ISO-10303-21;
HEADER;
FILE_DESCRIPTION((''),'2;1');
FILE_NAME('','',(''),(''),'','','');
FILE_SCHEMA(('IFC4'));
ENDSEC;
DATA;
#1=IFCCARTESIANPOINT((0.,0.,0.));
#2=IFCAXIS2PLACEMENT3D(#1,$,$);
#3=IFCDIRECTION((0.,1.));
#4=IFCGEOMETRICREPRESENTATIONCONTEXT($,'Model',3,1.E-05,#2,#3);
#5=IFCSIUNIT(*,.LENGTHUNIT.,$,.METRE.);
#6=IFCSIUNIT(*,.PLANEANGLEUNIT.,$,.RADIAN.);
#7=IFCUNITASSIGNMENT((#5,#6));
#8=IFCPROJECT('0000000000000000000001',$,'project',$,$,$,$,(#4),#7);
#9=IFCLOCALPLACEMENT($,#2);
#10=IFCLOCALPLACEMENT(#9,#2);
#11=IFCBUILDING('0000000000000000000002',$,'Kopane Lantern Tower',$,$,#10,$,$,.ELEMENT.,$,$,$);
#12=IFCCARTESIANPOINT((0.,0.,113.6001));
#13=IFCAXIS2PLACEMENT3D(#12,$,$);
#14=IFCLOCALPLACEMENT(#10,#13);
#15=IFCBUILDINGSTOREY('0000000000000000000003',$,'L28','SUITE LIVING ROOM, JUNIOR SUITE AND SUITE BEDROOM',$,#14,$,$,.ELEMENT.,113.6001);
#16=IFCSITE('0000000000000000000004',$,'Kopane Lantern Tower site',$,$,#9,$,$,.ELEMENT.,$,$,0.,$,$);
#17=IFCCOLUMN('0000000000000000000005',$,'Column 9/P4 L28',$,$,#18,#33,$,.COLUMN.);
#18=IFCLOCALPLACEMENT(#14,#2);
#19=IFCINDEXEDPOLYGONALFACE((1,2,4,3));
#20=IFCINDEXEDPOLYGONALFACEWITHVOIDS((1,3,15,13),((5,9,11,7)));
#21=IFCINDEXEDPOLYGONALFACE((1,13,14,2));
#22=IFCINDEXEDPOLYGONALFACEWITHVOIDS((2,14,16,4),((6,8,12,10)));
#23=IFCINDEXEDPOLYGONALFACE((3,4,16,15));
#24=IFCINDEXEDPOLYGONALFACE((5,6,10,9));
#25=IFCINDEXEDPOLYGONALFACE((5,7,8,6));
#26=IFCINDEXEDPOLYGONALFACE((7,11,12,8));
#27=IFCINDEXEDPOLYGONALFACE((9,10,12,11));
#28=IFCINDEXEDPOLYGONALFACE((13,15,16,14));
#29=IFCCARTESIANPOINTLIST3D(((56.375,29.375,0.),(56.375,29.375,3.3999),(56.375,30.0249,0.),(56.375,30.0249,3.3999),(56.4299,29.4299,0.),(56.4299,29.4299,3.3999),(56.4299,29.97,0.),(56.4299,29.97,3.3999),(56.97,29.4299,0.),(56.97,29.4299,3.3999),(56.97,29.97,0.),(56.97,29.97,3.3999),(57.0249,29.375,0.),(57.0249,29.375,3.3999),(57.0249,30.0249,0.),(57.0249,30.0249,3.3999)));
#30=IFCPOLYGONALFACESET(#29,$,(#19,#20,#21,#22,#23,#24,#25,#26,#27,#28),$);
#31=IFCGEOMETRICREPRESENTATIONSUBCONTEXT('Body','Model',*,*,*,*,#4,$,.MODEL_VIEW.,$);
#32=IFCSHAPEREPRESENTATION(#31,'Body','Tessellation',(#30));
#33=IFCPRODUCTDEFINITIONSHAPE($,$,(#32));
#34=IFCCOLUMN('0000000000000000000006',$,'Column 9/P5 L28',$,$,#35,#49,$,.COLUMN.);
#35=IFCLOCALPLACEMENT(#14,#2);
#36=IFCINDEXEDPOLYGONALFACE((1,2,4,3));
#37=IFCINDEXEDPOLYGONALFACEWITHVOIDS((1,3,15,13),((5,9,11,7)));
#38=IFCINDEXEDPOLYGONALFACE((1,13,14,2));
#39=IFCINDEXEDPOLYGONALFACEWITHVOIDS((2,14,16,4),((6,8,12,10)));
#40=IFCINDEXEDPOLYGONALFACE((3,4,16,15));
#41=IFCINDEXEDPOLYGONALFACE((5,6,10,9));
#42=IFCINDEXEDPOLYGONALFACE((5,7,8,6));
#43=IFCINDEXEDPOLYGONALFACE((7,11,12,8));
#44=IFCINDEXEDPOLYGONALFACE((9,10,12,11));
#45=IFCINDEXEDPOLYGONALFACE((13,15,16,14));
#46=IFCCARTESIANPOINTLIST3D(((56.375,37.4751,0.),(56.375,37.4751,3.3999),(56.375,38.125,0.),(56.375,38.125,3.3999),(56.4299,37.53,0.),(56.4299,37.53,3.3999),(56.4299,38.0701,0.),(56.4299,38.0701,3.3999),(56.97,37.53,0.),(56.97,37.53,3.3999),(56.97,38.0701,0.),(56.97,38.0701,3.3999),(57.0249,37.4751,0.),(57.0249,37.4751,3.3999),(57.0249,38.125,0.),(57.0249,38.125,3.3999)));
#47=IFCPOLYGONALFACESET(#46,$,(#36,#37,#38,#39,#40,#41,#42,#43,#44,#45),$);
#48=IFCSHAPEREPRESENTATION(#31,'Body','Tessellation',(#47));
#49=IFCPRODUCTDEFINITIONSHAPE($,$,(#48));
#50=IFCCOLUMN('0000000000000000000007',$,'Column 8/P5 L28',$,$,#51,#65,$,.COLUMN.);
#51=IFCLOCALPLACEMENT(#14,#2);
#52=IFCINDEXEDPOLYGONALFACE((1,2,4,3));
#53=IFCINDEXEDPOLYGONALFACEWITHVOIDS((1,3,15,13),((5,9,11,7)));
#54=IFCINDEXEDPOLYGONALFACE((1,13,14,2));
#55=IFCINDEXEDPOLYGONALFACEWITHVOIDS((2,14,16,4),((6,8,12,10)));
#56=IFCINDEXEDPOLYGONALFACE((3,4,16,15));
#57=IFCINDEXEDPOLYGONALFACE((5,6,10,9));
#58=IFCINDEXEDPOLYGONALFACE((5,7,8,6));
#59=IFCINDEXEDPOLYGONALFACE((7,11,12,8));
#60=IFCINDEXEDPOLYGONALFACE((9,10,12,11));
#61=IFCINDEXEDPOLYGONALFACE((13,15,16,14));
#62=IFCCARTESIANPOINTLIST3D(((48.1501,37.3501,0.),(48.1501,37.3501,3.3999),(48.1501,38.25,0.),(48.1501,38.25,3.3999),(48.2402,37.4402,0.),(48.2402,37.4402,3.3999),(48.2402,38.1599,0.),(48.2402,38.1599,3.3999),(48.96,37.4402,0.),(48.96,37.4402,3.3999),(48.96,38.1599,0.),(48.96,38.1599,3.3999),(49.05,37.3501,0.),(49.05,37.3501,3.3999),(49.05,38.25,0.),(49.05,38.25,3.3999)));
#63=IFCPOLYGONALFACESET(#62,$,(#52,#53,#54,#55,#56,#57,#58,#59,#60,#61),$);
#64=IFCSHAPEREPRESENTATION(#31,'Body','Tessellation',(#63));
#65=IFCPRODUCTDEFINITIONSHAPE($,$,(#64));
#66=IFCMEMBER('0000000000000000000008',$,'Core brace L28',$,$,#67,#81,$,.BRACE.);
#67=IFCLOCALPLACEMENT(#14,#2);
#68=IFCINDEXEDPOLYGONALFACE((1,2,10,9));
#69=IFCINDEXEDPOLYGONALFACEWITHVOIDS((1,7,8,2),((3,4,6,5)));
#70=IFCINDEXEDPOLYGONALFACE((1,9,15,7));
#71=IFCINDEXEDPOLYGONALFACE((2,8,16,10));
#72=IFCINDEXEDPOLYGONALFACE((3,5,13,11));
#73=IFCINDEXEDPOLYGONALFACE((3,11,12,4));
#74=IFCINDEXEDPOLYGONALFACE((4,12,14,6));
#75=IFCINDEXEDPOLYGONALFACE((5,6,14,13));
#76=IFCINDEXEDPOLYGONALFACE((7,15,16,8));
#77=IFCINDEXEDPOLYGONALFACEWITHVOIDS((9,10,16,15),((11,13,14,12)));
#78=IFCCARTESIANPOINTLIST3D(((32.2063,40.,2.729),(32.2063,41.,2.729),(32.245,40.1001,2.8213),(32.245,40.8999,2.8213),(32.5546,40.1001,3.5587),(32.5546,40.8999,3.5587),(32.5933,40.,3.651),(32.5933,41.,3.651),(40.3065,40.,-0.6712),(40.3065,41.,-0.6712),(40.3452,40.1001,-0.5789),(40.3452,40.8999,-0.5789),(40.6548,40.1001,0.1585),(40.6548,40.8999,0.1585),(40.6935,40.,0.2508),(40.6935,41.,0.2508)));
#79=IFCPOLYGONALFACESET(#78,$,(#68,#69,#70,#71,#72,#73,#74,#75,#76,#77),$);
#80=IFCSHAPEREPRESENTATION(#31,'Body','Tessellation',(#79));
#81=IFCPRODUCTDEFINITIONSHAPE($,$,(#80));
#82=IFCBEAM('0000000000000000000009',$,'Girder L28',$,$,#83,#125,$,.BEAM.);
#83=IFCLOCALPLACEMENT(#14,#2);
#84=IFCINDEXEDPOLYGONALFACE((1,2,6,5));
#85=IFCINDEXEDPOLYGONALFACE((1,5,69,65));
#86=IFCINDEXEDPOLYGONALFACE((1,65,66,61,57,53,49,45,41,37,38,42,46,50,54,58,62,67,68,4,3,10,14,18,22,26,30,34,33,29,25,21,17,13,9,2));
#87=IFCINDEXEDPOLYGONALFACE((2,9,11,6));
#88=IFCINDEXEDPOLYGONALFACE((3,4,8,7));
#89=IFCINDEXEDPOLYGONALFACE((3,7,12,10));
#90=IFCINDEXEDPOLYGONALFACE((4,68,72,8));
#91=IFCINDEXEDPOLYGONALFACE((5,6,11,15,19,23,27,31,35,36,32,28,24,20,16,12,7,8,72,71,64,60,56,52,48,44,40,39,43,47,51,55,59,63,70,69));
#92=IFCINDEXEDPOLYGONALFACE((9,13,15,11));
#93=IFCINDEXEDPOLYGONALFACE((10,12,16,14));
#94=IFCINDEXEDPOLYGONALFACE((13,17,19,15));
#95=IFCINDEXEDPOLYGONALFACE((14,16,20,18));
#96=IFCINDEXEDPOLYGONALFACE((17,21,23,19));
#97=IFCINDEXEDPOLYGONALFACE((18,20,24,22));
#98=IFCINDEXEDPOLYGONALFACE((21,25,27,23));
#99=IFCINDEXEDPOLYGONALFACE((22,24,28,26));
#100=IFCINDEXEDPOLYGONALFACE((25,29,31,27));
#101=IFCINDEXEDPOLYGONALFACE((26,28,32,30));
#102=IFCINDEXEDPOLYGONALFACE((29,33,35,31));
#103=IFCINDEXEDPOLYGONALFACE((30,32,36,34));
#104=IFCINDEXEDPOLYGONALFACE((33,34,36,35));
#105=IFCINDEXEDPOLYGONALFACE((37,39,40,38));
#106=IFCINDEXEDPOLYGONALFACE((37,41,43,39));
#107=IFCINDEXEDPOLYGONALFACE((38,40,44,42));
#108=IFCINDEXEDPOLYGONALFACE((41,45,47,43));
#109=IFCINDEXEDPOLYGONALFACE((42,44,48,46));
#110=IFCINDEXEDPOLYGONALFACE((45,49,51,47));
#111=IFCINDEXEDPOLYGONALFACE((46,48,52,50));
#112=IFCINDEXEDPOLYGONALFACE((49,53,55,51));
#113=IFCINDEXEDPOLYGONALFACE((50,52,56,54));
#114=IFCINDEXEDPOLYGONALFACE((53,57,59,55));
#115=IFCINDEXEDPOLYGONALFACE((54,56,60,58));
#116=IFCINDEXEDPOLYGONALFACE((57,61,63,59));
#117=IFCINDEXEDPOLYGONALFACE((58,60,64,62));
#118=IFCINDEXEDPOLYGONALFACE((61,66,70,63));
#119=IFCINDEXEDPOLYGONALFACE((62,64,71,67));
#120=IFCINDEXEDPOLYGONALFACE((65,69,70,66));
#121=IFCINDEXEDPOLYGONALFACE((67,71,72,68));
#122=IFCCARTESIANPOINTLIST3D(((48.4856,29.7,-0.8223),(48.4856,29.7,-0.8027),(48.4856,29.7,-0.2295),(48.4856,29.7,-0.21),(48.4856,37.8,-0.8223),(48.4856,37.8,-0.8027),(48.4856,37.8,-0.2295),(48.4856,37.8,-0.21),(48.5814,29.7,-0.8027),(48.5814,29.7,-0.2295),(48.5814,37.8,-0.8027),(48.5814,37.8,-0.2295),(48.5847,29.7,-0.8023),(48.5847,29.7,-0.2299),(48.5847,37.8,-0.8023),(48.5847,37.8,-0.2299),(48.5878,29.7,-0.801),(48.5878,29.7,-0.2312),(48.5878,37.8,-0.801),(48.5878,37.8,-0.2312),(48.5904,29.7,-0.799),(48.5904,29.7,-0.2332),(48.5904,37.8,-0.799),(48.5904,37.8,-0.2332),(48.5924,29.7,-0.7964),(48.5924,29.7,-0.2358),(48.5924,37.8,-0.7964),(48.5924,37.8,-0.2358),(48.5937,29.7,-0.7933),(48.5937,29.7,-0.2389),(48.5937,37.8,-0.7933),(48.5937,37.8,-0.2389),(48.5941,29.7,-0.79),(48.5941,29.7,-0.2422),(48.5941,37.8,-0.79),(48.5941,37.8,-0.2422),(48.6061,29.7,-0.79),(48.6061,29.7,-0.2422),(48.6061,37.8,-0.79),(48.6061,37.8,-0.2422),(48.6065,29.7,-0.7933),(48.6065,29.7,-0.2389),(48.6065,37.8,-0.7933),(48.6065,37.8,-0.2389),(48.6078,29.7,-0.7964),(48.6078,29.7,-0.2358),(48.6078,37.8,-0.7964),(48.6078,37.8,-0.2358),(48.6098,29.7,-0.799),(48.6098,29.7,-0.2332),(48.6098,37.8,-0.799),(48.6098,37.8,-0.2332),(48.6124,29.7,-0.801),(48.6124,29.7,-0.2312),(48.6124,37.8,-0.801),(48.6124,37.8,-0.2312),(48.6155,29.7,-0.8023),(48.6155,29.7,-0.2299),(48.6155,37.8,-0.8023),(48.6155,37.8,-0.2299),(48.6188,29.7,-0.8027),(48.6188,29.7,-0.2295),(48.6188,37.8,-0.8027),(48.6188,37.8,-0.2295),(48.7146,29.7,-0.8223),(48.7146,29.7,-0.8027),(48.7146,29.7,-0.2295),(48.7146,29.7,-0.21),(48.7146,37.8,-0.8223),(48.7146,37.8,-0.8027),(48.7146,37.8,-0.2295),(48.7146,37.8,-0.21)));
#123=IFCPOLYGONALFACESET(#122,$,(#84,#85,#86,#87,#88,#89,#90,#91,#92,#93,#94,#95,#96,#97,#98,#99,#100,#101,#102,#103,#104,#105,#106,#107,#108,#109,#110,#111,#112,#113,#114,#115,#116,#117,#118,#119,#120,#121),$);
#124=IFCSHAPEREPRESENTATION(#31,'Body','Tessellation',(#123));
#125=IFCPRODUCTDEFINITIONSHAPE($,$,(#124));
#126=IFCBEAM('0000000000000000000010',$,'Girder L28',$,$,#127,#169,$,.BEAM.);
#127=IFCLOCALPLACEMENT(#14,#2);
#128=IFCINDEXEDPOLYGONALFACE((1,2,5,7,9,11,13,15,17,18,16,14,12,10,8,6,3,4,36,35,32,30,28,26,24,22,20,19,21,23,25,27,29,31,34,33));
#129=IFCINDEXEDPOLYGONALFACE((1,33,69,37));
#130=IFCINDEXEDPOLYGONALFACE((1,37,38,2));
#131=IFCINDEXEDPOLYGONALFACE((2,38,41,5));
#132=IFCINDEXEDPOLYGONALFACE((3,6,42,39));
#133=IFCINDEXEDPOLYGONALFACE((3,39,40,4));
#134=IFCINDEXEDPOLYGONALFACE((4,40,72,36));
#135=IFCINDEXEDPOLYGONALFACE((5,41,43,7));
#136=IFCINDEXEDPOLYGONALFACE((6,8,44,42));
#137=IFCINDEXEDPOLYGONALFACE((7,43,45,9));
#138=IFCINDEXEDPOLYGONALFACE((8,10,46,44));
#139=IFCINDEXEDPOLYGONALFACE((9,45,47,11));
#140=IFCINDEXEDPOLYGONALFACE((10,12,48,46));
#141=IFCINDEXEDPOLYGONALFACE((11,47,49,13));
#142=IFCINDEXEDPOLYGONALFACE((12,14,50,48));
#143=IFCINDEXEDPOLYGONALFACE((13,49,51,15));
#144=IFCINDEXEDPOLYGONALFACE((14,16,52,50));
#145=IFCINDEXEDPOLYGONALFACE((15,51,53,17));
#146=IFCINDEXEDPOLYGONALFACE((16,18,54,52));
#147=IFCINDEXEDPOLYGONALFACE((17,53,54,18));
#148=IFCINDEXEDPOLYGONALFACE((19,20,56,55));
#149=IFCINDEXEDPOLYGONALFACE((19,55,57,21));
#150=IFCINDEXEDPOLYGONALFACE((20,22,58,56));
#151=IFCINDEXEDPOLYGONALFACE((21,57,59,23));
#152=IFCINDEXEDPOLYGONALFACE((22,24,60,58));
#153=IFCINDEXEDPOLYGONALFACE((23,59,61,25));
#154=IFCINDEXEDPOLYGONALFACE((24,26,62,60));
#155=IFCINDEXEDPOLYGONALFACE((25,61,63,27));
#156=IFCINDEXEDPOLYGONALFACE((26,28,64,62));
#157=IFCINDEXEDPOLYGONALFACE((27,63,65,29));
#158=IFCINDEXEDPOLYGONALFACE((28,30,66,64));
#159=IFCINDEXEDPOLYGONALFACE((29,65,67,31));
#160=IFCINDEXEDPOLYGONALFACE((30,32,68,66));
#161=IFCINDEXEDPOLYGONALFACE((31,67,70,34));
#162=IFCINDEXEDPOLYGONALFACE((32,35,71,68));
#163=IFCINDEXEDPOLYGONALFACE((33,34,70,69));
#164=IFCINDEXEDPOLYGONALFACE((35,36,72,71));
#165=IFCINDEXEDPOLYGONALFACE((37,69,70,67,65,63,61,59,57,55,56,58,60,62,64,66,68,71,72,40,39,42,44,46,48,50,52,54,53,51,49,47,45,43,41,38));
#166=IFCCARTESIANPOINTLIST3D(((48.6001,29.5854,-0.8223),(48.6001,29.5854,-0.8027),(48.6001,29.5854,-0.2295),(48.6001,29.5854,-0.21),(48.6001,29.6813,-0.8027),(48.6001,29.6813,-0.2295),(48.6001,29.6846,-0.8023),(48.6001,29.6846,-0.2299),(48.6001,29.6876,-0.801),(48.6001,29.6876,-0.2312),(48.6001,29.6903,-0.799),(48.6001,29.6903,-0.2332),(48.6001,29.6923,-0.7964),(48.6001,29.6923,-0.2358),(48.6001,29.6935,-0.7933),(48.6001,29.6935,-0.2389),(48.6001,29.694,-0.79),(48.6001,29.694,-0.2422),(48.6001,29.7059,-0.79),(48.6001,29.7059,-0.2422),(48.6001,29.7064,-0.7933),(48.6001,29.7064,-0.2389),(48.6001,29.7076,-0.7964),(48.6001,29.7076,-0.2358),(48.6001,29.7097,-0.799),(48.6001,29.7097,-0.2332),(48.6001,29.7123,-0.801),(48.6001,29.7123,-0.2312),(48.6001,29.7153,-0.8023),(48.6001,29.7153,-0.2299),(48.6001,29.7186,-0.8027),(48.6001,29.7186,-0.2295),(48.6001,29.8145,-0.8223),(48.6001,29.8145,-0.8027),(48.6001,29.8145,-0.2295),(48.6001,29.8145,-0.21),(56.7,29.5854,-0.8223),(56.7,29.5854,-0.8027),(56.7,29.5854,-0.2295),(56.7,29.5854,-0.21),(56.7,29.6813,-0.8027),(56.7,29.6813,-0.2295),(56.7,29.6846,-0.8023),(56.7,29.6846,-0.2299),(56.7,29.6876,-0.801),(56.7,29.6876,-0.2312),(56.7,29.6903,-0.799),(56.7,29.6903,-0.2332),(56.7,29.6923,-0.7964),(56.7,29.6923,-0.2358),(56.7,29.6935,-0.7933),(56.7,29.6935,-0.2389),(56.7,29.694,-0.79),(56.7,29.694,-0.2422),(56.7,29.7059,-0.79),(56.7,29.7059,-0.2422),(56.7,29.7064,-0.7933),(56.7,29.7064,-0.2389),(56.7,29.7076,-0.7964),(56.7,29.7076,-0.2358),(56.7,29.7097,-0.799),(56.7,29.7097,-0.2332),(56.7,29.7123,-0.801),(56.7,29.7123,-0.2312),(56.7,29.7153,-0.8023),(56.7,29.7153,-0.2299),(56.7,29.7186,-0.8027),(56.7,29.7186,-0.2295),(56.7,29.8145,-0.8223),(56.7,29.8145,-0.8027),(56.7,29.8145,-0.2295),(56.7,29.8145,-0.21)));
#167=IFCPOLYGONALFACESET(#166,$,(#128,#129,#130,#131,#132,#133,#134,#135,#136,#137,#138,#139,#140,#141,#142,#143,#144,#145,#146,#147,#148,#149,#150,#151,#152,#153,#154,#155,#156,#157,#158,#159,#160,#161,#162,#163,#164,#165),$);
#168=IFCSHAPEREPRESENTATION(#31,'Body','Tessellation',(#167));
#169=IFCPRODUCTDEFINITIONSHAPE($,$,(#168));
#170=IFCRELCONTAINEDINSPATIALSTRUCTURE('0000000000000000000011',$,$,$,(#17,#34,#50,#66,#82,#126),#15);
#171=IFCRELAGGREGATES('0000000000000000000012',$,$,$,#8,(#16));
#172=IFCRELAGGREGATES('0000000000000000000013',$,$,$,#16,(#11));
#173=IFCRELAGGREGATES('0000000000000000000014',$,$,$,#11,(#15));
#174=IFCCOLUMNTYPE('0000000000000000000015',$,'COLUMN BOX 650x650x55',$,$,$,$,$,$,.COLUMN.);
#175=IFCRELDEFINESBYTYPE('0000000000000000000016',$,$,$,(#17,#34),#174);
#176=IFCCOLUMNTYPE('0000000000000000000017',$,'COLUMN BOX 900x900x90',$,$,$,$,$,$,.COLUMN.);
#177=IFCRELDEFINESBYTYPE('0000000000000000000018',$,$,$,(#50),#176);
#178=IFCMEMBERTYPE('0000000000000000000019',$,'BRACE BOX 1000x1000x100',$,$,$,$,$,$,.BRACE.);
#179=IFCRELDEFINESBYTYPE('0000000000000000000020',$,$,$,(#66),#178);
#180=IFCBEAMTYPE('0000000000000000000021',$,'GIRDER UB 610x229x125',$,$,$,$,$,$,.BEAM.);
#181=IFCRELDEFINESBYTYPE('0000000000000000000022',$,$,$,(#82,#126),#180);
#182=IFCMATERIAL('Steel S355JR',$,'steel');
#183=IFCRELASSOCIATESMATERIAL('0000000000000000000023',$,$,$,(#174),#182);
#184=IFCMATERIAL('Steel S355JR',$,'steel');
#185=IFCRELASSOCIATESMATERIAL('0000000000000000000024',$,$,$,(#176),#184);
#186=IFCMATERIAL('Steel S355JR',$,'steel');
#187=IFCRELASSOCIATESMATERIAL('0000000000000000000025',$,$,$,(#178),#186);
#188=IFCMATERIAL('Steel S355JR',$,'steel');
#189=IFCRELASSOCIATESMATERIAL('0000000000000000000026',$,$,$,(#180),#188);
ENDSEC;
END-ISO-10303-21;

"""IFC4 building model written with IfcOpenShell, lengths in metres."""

from ifc_helpers import new_model, si_unit, direction, frame, origin, origin_2d, place, context, subcontext, project, spatial, hollow_rectangle, i_section, extrude, material, material_profile, profile_set, type_object, element, save


model = new_model("IFC4")

# Units and contexts
model_context = context("Model", 3, precision=1e-05, world=origin(), true_north=direction((0.0, 1.0)))
body_context = subcontext(model_context, "Body", "Model", "MODEL_VIEW")
ifc_project = project(units=[si_unit("LENGTHUNIT", "METRE"), si_unit("PLANEANGLEUNIT", "RADIAN")], contexts=[model_context])

# Site, building, storey
site_placement = place(None, origin())
site = spatial("IfcSite", under=ifc_project, at=site_placement, Name="Kopane Lantern Tower site", CompositionType="ELEMENT", RefElevation=0.0)
building_placement = place(site_placement, origin())
building = spatial("IfcBuilding", under=site, at=building_placement, Name="Kopane Lantern Tower", CompositionType="ELEMENT")
storey_placement = place(building_placement, frame((0.0, 0.0, 113.6001)))
storey = spatial("IfcBuildingStorey", under=building, at=storey_placement, Name="L28", Description="SUITE LIVING ROOM, JUNIOR SUITE AND SUITE BEDROOM", CompositionType="ELEMENT", Elevation=113.6001)

# Columns
ifc_material_1 = material(Name="Steel S355JR", Category="steel")
ifc_material_profile_1 = material_profile(ifc_material_1, hollow_rectangle(XDim=0.6499, YDim=0.6499, WallThickness=0.0549, at=origin_2d()), Name="BOX 650x650x55")
ifc_profile_set_1 = profile_set([ifc_material_profile_1], Name="Steel S355JR")
column_type_1 = type_object("IfcColumnType", Name="COLUMN BOX 650x650x55", PredefinedType="COLUMN", material=ifc_profile_set_1)
for number, where, z_axis, x_axis, name in (
    (1, (56.7, 29.7, 0.0), (0.0, 0.0, 1.0), (1.0, 0.0, 0.0), "Column 9/P4 L28"),
    (2, (56.7, 37.8, 0.0), (0.0, 0.0, 1.0), (1.0, 0.0, 0.0), "Column 9/P5 L28"),
):
    element("IfcColumn", number, at=place(storey_placement, frame(where, z_axis=z_axis, x_axis=x_axis)), inside=storey, type_object=column_type_1, Name=name, PredefinedType="COLUMN", context=body_context, shape_type="SweptSolid", body=[
        extrude(hollow_rectangle(XDim=0.6499, YDim=0.6499, WallThickness=0.0549, at=origin_2d()), origin(), (0.0, 0.0, 1.0), 3.3999),
    ])
ifc_material_2 = material(Name="Steel S355JR", Category="steel")
ifc_material_profile_2 = material_profile(ifc_material_2, hollow_rectangle(XDim=0.8999, YDim=0.8999, WallThickness=0.0901, at=origin_2d()), Name="BOX 900x900x90")
ifc_profile_set_2 = profile_set([ifc_material_profile_2], Name="Steel S355JR")
column_type_2 = type_object("IfcColumnType", Name="COLUMN BOX 900x900x90", PredefinedType="COLUMN", material=ifc_profile_set_2)
column_placement = place(storey_placement, frame((48.6001, 37.8, 0.0), z_axis=(0.0, 0.0, 1.0), x_axis=(1.0, 0.0, 0.0)))
element("IfcColumn", 3, at=column_placement, inside=storey, type_object=column_type_2, Name="Column 8/P5 L28", PredefinedType="COLUMN", context=body_context, shape_type="SweptSolid", body=[
    extrude(hollow_rectangle(XDim=0.8999, YDim=0.8999, WallThickness=0.0901, at=origin_2d()), origin(), (0.0, 0.0, 1.0), 3.3999),
])

# Member
ifc_material_3 = material(Name="Steel S355JR", Category="steel")
ifc_material_profile_3 = material_profile(ifc_material_3, hollow_rectangle(XDim=1.0, YDim=1.0, WallThickness=0.1001, at=origin_2d()), Name="BOX 1000x1000x100")
ifc_profile_set_3 = profile_set([ifc_material_profile_3], Name="Steel S355JR")
member_type = type_object("IfcMemberType", Name="BRACE BOX 1000x1000x100", PredefinedType="BRACE", material=ifc_profile_set_3)
member_placement = place(storey_placement, frame((40.5, 40.5, -0.2102), z_axis=(-0.922059, 0.0, 0.387049), x_axis=(0.0, -1.0, 0.0)))
element("IfcMember", 4, at=member_placement, inside=storey, type_object=member_type, Name="Core brace L28", PredefinedType="BRACE", context=body_context, shape_type="SweptSolid", body=[
    extrude(hollow_rectangle(XDim=1.0, YDim=1.0, WallThickness=0.1001, at=origin_2d()), origin(), (0.0, 0.0, 1.0), 8.7849),
])

# Beams
ifc_material_4 = material(Name="Steel S355JR", Category="steel")
ifc_material_profile_4 = material_profile(ifc_material_4, i_section(OverallWidth=0.229, OverallDepth=0.6123, WebThickness=0.012, FlangeThickness=0.0195, FilletRadius=0.0127, at=origin_2d()), Name="UB 610x229x125")
ifc_profile_set_4 = profile_set([ifc_material_profile_4], Name="Steel S355JR")
beam_type = type_object("IfcBeamType", Name="GIRDER UB 610x229x125", PredefinedType="BEAM", material=ifc_profile_set_4)
beam_1_placement = place(storey_placement, frame((48.6001, 29.7, -0.5161), z_axis=(0.0, 1.0, 0.0), x_axis=(-1.0, 0.0, 0.0)))
element("IfcBeam", 5, at=beam_1_placement, inside=storey, type_object=beam_type, Name="Girder L28", PredefinedType="BEAM", context=body_context, shape_type="SweptSolid", body=[
    extrude(i_section(OverallWidth=0.229, OverallDepth=0.6123, WebThickness=0.012, FlangeThickness=0.0195, FilletRadius=0.0127, at=origin_2d()), origin(), (0.0, 0.0, 1.0), 8.1001),
])
for number, where, z_axis, x_axis, name in (
    (6, (48.6001, 29.7, -0.5161), (1.0, 0.0, 0.0), (0.0, 1.0, 0.0), "Girder L28"),
):
    element("IfcBeam", number, at=place(storey_placement, frame(where, z_axis=z_axis, x_axis=x_axis)), inside=storey, type_object=beam_type, Name=name, PredefinedType="BEAM", context=body_context, shape_type="SweptSolid", body=[
        extrude(i_section(OverallWidth=0.229, OverallDepth=0.6123, WebThickness=0.012, FlangeThickness=0.0195, FilletRadius=0.0127, at=origin_2d()), origin(), (0.0, 0.0, 1.0), 8.0999),
    ])

save(model, "model.ifc")
